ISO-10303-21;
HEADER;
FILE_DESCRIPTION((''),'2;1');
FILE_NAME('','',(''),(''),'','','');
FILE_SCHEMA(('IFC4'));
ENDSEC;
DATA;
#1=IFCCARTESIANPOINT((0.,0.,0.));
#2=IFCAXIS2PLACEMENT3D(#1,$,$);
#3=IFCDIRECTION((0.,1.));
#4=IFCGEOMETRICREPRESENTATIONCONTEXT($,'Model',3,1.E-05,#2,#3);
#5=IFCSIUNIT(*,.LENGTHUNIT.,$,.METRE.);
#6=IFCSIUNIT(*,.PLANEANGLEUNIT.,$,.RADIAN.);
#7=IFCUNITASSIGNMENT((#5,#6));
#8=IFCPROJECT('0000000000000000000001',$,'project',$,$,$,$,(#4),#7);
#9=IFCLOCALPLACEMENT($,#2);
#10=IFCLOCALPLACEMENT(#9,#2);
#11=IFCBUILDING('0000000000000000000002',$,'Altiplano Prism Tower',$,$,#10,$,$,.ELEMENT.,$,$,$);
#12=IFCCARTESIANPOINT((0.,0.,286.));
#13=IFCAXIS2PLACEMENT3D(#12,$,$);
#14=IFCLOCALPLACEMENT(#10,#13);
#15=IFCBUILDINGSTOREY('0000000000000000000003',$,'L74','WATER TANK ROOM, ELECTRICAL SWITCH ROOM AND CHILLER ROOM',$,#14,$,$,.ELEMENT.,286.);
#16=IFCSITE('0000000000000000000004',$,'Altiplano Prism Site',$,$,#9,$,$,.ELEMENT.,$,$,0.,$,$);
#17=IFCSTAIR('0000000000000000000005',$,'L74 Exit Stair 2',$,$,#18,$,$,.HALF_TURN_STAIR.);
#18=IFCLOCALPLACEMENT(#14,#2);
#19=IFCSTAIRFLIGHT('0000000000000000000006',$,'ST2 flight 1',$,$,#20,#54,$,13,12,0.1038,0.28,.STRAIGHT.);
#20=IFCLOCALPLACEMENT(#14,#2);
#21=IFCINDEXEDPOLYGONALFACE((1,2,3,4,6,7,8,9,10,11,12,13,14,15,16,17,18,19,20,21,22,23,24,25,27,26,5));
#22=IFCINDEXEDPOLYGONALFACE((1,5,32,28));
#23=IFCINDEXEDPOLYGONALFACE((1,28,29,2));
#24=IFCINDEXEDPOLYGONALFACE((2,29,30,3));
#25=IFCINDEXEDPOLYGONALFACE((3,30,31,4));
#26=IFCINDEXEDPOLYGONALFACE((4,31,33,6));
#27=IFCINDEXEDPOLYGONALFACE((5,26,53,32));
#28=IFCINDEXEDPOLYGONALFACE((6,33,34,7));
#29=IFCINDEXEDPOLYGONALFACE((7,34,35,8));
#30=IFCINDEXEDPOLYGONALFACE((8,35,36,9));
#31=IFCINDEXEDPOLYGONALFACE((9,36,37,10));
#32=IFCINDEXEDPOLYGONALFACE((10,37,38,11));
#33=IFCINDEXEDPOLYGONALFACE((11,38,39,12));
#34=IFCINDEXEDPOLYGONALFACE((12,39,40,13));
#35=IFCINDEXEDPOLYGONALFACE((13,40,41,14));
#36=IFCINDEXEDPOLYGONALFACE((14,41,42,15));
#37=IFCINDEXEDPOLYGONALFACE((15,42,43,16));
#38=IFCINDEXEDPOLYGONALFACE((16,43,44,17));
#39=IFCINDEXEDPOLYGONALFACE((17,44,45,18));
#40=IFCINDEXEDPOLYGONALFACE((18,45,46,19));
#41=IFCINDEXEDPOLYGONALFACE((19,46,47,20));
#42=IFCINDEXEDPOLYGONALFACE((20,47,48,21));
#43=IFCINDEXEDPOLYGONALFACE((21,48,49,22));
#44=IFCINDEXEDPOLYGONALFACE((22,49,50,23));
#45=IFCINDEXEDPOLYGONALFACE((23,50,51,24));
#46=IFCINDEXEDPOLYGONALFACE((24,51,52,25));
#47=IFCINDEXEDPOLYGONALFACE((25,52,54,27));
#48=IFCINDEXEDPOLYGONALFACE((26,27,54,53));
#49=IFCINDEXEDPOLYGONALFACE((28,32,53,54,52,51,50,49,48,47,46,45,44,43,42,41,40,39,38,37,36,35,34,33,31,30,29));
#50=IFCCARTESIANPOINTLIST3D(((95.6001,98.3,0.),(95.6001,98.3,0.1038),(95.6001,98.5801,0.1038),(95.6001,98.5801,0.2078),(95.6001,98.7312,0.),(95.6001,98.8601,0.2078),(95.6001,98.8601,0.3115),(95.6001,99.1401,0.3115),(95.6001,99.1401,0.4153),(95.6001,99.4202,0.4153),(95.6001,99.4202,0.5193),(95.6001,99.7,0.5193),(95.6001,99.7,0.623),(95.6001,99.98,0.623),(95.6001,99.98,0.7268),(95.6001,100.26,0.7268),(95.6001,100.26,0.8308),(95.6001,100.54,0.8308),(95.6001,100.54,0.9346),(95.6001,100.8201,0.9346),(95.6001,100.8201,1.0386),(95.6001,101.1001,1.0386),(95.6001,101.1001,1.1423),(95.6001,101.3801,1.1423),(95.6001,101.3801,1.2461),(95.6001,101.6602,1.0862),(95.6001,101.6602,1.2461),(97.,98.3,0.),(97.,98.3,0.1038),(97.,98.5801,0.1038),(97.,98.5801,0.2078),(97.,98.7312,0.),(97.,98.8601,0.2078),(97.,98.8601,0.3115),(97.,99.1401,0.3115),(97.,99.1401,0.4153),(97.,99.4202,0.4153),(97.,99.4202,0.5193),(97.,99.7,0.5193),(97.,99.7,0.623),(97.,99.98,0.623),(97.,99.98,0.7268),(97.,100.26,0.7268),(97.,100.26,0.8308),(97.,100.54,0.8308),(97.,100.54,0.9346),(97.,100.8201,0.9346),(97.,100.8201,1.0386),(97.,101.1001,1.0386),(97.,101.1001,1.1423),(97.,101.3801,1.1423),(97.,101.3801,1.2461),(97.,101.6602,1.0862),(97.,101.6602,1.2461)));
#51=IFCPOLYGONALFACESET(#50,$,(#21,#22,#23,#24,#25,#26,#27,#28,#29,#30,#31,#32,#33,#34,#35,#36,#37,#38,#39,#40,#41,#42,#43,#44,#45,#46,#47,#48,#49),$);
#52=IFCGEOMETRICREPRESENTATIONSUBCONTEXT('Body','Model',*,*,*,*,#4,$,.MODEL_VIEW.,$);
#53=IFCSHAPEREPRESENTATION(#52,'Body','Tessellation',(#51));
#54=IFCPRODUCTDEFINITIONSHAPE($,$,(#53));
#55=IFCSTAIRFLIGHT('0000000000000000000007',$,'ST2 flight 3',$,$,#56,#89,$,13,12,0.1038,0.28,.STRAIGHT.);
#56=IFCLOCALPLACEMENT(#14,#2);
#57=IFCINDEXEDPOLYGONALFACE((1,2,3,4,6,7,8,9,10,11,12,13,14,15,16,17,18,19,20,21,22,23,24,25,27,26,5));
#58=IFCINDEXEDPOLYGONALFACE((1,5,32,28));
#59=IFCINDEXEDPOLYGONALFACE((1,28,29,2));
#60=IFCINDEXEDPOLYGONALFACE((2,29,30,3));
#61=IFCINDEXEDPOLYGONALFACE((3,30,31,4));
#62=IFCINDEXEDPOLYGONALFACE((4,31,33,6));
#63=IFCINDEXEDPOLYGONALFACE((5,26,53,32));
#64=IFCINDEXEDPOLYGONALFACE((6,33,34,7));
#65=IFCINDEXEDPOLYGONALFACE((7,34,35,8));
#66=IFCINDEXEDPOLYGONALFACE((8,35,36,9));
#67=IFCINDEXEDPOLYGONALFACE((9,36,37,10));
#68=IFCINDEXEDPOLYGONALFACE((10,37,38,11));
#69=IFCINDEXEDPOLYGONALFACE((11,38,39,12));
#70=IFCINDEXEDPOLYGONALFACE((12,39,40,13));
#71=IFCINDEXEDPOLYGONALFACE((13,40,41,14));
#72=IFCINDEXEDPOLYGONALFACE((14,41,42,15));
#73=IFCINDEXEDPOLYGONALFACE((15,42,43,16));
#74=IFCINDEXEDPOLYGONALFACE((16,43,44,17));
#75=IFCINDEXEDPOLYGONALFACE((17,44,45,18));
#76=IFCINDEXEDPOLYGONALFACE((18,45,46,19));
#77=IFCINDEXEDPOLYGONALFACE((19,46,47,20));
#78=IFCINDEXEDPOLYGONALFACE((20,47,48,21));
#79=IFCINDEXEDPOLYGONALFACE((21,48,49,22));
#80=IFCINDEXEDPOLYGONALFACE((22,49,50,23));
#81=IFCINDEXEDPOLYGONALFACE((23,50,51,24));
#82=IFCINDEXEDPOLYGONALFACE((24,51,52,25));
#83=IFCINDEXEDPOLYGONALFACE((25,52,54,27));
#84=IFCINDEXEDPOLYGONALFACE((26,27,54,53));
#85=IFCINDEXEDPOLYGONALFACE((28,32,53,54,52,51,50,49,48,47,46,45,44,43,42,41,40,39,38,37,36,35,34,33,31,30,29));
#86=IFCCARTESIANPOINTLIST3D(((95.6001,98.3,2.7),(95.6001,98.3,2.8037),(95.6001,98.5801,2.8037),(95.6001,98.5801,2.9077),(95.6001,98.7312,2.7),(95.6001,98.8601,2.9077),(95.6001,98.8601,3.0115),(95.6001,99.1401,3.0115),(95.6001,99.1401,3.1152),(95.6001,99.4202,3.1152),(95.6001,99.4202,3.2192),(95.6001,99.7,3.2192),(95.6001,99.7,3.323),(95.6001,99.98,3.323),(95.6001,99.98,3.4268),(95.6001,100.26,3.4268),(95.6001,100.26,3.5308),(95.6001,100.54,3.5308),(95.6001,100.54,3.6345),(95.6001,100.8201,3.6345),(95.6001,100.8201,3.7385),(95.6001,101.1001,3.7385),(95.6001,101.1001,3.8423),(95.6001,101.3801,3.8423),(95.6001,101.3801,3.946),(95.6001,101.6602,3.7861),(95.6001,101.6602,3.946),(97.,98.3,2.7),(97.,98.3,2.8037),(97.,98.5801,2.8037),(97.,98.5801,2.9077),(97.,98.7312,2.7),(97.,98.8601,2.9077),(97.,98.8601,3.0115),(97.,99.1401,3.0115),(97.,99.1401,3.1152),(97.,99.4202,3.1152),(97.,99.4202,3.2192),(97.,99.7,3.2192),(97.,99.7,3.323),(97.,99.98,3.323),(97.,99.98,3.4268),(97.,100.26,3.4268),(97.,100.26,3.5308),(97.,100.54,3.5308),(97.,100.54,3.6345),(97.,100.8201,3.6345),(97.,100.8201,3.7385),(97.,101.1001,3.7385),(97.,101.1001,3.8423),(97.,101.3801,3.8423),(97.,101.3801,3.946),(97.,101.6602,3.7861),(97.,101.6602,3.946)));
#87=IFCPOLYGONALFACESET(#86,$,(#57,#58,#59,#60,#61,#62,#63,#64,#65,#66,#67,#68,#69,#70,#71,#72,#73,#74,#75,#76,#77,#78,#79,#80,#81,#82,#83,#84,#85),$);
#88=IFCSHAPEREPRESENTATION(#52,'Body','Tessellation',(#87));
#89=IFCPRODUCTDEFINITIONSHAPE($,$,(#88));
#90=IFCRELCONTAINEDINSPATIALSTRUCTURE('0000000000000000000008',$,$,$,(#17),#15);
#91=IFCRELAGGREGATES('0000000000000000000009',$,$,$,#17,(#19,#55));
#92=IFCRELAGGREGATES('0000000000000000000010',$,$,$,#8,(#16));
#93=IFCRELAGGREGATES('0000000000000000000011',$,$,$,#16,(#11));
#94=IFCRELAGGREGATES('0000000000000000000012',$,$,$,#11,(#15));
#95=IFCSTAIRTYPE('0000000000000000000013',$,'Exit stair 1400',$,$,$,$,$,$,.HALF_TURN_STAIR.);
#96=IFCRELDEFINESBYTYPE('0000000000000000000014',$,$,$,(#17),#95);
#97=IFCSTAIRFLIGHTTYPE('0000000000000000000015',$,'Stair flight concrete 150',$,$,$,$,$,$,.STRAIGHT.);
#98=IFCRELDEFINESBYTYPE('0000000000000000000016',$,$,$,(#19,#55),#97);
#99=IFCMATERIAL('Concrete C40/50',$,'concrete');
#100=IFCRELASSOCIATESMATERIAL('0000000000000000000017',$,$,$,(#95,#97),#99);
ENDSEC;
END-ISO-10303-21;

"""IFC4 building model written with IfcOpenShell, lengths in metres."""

from ifc_helpers import new_model, si_unit, direction, frame, origin, place, context, subcontext, project, spatial, polyline, outline, extrude, material, type_object, element, aggregate, save


model = new_model("IFC4")

# Units and contexts
model_context = context("Model", 3, precision=1e-05, world=origin(), true_north=direction((0.0, 1.0)))
body_context = subcontext(model_context, "Body", "Model", "MODEL_VIEW")
ifc_project = project(units=[si_unit("LENGTHUNIT", "METRE"), si_unit("PLANEANGLEUNIT", "RADIAN")], contexts=[model_context])

# Site, building, storey
site_placement = place(None, origin())
site = spatial("IfcSite", under=ifc_project, at=site_placement, Name="Altiplano Prism Site", CompositionType="ELEMENT", RefElevation=0.0)
building_placement = place(site_placement, origin())
building = spatial("IfcBuilding", under=site, at=building_placement, Name="Altiplano Prism Tower", CompositionType="ELEMENT")
storey_placement = place(building_placement, frame((0.0, 0.0, 286.0)))
storey = spatial("IfcBuildingStorey", under=building, at=storey_placement, Name="L74", Description="WATER TANK ROOM, ELECTRICAL SWITCH ROOM AND CHILLER ROOM", CompositionType="ELEMENT", Elevation=286.0)

# Stair, stair flights
ifc_material_1 = material(Name="Concrete C40/50", Category="concrete")
stair_type = type_object("IfcStairType", Name="Exit stair 1400", PredefinedType="HALF_TURN_STAIR", material=ifc_material_1)
stair_placement = place(storey_placement, origin())
stair = element("IfcStair", 1, at=stair_placement, inside=storey, type_object=stair_type, Name="L74 Exit Stair 2", PredefinedType="HALF_TURN_STAIR")
stair_flight_type = type_object("IfcStairFlightType", Name="Stair flight concrete 150", PredefinedType="STRAIGHT", material=ifc_material_1)
stair_flight_1_placement = place(storey_placement, frame((96.3, 98.3, 0.0), z_axis=(0.0, 0.0, 1.0), x_axis=(0.0, 1.0, 0.0)))
stair_flight_1 = element("IfcStairFlight", 2, at=stair_flight_1_placement, type_object=stair_flight_type, Name="ST2 flight 1", NumberOfRisers=13, NumberOfTreads=12, PredefinedType="STRAIGHT", RiserHeight=0.1038, TreadLength=0.28, context=body_context, shape_type="SweptSolid", body=[
    extrude(outline(polyline([(0.0, 0.0), (0.0, 0.1038), (0.28, 0.1038), (0.28, 0.2078), (0.5601, 0.2078), (0.5601, 0.3115), (0.8401, 0.3115), (0.8401, 0.4153), (1.1201, 0.4153), (1.1201, 0.5193), (1.3999, 0.5193), (1.3999, 0.623), (1.6799, 0.623), (1.6799, 0.7268), (1.96, 0.7268), (1.96, 0.8308), (2.24, 0.8308), (2.24, 0.9346), (2.52, 0.9346), (2.52, 1.0386), (2.8, 1.0386), (2.8, 1.1423), (3.0801, 1.1423), (3.0801, 1.2461), (3.3601, 1.2461), (3.3601, 1.3501), (3.3601, 1.0862), (0.4312, 0.0), (0.0, 0.0)])), frame((0.0, 0.7, 0.0), z_axis=(0.0, -1.0, 0.0), x_axis=(1.0, 0.0, 0.0)), (0.0, 0.0, 1.0), 1.3999),
])
stair_flight_2_placement = place(storey_placement, frame((96.3, 98.3, 2.7), z_axis=(0.0, 0.0, 1.0), x_axis=(0.0, 1.0, 0.0)))
stair_flight_2 = element("IfcStairFlight", 3, at=stair_flight_2_placement, type_object=stair_flight_type, Name="ST2 flight 3", NumberOfRisers=13, NumberOfTreads=12, PredefinedType="STRAIGHT", RiserHeight=0.1038, TreadLength=0.28, context=body_context, shape_type="SweptSolid", body=[
    extrude(outline(polyline([(0.0, 0.0), (0.0, 0.1038), (0.28, 0.1038), (0.28, 0.2078), (0.5601, 0.2078), (0.5601, 0.3115), (0.8401, 0.3115), (0.8401, 0.4153), (1.1201, 0.4153), (1.1201, 0.5193), (1.3999, 0.5193), (1.3999, 0.623), (1.6799, 0.623), (1.6799, 0.7268), (1.96, 0.7268), (1.96, 0.8308), (2.24, 0.8308), (2.24, 0.9346), (2.52, 0.9346), (2.52, 1.0386), (2.8, 1.0386), (2.8, 1.1423), (3.0801, 1.1423), (3.0801, 1.2461), (3.3601, 1.2461), (3.3601, 1.3501), (3.3601, 1.0862), (0.4312, 0.0), (0.0, 0.0)])), frame((0.0, 0.7, 0.0), z_axis=(0.0, -1.0, 0.0), x_axis=(1.0, 0.0, 0.0)), (0.0, 0.0, 1.0), 1.3999),
])
aggregate(stair, [stair_flight_1, stair_flight_2])

save(model, "model.ifc")
